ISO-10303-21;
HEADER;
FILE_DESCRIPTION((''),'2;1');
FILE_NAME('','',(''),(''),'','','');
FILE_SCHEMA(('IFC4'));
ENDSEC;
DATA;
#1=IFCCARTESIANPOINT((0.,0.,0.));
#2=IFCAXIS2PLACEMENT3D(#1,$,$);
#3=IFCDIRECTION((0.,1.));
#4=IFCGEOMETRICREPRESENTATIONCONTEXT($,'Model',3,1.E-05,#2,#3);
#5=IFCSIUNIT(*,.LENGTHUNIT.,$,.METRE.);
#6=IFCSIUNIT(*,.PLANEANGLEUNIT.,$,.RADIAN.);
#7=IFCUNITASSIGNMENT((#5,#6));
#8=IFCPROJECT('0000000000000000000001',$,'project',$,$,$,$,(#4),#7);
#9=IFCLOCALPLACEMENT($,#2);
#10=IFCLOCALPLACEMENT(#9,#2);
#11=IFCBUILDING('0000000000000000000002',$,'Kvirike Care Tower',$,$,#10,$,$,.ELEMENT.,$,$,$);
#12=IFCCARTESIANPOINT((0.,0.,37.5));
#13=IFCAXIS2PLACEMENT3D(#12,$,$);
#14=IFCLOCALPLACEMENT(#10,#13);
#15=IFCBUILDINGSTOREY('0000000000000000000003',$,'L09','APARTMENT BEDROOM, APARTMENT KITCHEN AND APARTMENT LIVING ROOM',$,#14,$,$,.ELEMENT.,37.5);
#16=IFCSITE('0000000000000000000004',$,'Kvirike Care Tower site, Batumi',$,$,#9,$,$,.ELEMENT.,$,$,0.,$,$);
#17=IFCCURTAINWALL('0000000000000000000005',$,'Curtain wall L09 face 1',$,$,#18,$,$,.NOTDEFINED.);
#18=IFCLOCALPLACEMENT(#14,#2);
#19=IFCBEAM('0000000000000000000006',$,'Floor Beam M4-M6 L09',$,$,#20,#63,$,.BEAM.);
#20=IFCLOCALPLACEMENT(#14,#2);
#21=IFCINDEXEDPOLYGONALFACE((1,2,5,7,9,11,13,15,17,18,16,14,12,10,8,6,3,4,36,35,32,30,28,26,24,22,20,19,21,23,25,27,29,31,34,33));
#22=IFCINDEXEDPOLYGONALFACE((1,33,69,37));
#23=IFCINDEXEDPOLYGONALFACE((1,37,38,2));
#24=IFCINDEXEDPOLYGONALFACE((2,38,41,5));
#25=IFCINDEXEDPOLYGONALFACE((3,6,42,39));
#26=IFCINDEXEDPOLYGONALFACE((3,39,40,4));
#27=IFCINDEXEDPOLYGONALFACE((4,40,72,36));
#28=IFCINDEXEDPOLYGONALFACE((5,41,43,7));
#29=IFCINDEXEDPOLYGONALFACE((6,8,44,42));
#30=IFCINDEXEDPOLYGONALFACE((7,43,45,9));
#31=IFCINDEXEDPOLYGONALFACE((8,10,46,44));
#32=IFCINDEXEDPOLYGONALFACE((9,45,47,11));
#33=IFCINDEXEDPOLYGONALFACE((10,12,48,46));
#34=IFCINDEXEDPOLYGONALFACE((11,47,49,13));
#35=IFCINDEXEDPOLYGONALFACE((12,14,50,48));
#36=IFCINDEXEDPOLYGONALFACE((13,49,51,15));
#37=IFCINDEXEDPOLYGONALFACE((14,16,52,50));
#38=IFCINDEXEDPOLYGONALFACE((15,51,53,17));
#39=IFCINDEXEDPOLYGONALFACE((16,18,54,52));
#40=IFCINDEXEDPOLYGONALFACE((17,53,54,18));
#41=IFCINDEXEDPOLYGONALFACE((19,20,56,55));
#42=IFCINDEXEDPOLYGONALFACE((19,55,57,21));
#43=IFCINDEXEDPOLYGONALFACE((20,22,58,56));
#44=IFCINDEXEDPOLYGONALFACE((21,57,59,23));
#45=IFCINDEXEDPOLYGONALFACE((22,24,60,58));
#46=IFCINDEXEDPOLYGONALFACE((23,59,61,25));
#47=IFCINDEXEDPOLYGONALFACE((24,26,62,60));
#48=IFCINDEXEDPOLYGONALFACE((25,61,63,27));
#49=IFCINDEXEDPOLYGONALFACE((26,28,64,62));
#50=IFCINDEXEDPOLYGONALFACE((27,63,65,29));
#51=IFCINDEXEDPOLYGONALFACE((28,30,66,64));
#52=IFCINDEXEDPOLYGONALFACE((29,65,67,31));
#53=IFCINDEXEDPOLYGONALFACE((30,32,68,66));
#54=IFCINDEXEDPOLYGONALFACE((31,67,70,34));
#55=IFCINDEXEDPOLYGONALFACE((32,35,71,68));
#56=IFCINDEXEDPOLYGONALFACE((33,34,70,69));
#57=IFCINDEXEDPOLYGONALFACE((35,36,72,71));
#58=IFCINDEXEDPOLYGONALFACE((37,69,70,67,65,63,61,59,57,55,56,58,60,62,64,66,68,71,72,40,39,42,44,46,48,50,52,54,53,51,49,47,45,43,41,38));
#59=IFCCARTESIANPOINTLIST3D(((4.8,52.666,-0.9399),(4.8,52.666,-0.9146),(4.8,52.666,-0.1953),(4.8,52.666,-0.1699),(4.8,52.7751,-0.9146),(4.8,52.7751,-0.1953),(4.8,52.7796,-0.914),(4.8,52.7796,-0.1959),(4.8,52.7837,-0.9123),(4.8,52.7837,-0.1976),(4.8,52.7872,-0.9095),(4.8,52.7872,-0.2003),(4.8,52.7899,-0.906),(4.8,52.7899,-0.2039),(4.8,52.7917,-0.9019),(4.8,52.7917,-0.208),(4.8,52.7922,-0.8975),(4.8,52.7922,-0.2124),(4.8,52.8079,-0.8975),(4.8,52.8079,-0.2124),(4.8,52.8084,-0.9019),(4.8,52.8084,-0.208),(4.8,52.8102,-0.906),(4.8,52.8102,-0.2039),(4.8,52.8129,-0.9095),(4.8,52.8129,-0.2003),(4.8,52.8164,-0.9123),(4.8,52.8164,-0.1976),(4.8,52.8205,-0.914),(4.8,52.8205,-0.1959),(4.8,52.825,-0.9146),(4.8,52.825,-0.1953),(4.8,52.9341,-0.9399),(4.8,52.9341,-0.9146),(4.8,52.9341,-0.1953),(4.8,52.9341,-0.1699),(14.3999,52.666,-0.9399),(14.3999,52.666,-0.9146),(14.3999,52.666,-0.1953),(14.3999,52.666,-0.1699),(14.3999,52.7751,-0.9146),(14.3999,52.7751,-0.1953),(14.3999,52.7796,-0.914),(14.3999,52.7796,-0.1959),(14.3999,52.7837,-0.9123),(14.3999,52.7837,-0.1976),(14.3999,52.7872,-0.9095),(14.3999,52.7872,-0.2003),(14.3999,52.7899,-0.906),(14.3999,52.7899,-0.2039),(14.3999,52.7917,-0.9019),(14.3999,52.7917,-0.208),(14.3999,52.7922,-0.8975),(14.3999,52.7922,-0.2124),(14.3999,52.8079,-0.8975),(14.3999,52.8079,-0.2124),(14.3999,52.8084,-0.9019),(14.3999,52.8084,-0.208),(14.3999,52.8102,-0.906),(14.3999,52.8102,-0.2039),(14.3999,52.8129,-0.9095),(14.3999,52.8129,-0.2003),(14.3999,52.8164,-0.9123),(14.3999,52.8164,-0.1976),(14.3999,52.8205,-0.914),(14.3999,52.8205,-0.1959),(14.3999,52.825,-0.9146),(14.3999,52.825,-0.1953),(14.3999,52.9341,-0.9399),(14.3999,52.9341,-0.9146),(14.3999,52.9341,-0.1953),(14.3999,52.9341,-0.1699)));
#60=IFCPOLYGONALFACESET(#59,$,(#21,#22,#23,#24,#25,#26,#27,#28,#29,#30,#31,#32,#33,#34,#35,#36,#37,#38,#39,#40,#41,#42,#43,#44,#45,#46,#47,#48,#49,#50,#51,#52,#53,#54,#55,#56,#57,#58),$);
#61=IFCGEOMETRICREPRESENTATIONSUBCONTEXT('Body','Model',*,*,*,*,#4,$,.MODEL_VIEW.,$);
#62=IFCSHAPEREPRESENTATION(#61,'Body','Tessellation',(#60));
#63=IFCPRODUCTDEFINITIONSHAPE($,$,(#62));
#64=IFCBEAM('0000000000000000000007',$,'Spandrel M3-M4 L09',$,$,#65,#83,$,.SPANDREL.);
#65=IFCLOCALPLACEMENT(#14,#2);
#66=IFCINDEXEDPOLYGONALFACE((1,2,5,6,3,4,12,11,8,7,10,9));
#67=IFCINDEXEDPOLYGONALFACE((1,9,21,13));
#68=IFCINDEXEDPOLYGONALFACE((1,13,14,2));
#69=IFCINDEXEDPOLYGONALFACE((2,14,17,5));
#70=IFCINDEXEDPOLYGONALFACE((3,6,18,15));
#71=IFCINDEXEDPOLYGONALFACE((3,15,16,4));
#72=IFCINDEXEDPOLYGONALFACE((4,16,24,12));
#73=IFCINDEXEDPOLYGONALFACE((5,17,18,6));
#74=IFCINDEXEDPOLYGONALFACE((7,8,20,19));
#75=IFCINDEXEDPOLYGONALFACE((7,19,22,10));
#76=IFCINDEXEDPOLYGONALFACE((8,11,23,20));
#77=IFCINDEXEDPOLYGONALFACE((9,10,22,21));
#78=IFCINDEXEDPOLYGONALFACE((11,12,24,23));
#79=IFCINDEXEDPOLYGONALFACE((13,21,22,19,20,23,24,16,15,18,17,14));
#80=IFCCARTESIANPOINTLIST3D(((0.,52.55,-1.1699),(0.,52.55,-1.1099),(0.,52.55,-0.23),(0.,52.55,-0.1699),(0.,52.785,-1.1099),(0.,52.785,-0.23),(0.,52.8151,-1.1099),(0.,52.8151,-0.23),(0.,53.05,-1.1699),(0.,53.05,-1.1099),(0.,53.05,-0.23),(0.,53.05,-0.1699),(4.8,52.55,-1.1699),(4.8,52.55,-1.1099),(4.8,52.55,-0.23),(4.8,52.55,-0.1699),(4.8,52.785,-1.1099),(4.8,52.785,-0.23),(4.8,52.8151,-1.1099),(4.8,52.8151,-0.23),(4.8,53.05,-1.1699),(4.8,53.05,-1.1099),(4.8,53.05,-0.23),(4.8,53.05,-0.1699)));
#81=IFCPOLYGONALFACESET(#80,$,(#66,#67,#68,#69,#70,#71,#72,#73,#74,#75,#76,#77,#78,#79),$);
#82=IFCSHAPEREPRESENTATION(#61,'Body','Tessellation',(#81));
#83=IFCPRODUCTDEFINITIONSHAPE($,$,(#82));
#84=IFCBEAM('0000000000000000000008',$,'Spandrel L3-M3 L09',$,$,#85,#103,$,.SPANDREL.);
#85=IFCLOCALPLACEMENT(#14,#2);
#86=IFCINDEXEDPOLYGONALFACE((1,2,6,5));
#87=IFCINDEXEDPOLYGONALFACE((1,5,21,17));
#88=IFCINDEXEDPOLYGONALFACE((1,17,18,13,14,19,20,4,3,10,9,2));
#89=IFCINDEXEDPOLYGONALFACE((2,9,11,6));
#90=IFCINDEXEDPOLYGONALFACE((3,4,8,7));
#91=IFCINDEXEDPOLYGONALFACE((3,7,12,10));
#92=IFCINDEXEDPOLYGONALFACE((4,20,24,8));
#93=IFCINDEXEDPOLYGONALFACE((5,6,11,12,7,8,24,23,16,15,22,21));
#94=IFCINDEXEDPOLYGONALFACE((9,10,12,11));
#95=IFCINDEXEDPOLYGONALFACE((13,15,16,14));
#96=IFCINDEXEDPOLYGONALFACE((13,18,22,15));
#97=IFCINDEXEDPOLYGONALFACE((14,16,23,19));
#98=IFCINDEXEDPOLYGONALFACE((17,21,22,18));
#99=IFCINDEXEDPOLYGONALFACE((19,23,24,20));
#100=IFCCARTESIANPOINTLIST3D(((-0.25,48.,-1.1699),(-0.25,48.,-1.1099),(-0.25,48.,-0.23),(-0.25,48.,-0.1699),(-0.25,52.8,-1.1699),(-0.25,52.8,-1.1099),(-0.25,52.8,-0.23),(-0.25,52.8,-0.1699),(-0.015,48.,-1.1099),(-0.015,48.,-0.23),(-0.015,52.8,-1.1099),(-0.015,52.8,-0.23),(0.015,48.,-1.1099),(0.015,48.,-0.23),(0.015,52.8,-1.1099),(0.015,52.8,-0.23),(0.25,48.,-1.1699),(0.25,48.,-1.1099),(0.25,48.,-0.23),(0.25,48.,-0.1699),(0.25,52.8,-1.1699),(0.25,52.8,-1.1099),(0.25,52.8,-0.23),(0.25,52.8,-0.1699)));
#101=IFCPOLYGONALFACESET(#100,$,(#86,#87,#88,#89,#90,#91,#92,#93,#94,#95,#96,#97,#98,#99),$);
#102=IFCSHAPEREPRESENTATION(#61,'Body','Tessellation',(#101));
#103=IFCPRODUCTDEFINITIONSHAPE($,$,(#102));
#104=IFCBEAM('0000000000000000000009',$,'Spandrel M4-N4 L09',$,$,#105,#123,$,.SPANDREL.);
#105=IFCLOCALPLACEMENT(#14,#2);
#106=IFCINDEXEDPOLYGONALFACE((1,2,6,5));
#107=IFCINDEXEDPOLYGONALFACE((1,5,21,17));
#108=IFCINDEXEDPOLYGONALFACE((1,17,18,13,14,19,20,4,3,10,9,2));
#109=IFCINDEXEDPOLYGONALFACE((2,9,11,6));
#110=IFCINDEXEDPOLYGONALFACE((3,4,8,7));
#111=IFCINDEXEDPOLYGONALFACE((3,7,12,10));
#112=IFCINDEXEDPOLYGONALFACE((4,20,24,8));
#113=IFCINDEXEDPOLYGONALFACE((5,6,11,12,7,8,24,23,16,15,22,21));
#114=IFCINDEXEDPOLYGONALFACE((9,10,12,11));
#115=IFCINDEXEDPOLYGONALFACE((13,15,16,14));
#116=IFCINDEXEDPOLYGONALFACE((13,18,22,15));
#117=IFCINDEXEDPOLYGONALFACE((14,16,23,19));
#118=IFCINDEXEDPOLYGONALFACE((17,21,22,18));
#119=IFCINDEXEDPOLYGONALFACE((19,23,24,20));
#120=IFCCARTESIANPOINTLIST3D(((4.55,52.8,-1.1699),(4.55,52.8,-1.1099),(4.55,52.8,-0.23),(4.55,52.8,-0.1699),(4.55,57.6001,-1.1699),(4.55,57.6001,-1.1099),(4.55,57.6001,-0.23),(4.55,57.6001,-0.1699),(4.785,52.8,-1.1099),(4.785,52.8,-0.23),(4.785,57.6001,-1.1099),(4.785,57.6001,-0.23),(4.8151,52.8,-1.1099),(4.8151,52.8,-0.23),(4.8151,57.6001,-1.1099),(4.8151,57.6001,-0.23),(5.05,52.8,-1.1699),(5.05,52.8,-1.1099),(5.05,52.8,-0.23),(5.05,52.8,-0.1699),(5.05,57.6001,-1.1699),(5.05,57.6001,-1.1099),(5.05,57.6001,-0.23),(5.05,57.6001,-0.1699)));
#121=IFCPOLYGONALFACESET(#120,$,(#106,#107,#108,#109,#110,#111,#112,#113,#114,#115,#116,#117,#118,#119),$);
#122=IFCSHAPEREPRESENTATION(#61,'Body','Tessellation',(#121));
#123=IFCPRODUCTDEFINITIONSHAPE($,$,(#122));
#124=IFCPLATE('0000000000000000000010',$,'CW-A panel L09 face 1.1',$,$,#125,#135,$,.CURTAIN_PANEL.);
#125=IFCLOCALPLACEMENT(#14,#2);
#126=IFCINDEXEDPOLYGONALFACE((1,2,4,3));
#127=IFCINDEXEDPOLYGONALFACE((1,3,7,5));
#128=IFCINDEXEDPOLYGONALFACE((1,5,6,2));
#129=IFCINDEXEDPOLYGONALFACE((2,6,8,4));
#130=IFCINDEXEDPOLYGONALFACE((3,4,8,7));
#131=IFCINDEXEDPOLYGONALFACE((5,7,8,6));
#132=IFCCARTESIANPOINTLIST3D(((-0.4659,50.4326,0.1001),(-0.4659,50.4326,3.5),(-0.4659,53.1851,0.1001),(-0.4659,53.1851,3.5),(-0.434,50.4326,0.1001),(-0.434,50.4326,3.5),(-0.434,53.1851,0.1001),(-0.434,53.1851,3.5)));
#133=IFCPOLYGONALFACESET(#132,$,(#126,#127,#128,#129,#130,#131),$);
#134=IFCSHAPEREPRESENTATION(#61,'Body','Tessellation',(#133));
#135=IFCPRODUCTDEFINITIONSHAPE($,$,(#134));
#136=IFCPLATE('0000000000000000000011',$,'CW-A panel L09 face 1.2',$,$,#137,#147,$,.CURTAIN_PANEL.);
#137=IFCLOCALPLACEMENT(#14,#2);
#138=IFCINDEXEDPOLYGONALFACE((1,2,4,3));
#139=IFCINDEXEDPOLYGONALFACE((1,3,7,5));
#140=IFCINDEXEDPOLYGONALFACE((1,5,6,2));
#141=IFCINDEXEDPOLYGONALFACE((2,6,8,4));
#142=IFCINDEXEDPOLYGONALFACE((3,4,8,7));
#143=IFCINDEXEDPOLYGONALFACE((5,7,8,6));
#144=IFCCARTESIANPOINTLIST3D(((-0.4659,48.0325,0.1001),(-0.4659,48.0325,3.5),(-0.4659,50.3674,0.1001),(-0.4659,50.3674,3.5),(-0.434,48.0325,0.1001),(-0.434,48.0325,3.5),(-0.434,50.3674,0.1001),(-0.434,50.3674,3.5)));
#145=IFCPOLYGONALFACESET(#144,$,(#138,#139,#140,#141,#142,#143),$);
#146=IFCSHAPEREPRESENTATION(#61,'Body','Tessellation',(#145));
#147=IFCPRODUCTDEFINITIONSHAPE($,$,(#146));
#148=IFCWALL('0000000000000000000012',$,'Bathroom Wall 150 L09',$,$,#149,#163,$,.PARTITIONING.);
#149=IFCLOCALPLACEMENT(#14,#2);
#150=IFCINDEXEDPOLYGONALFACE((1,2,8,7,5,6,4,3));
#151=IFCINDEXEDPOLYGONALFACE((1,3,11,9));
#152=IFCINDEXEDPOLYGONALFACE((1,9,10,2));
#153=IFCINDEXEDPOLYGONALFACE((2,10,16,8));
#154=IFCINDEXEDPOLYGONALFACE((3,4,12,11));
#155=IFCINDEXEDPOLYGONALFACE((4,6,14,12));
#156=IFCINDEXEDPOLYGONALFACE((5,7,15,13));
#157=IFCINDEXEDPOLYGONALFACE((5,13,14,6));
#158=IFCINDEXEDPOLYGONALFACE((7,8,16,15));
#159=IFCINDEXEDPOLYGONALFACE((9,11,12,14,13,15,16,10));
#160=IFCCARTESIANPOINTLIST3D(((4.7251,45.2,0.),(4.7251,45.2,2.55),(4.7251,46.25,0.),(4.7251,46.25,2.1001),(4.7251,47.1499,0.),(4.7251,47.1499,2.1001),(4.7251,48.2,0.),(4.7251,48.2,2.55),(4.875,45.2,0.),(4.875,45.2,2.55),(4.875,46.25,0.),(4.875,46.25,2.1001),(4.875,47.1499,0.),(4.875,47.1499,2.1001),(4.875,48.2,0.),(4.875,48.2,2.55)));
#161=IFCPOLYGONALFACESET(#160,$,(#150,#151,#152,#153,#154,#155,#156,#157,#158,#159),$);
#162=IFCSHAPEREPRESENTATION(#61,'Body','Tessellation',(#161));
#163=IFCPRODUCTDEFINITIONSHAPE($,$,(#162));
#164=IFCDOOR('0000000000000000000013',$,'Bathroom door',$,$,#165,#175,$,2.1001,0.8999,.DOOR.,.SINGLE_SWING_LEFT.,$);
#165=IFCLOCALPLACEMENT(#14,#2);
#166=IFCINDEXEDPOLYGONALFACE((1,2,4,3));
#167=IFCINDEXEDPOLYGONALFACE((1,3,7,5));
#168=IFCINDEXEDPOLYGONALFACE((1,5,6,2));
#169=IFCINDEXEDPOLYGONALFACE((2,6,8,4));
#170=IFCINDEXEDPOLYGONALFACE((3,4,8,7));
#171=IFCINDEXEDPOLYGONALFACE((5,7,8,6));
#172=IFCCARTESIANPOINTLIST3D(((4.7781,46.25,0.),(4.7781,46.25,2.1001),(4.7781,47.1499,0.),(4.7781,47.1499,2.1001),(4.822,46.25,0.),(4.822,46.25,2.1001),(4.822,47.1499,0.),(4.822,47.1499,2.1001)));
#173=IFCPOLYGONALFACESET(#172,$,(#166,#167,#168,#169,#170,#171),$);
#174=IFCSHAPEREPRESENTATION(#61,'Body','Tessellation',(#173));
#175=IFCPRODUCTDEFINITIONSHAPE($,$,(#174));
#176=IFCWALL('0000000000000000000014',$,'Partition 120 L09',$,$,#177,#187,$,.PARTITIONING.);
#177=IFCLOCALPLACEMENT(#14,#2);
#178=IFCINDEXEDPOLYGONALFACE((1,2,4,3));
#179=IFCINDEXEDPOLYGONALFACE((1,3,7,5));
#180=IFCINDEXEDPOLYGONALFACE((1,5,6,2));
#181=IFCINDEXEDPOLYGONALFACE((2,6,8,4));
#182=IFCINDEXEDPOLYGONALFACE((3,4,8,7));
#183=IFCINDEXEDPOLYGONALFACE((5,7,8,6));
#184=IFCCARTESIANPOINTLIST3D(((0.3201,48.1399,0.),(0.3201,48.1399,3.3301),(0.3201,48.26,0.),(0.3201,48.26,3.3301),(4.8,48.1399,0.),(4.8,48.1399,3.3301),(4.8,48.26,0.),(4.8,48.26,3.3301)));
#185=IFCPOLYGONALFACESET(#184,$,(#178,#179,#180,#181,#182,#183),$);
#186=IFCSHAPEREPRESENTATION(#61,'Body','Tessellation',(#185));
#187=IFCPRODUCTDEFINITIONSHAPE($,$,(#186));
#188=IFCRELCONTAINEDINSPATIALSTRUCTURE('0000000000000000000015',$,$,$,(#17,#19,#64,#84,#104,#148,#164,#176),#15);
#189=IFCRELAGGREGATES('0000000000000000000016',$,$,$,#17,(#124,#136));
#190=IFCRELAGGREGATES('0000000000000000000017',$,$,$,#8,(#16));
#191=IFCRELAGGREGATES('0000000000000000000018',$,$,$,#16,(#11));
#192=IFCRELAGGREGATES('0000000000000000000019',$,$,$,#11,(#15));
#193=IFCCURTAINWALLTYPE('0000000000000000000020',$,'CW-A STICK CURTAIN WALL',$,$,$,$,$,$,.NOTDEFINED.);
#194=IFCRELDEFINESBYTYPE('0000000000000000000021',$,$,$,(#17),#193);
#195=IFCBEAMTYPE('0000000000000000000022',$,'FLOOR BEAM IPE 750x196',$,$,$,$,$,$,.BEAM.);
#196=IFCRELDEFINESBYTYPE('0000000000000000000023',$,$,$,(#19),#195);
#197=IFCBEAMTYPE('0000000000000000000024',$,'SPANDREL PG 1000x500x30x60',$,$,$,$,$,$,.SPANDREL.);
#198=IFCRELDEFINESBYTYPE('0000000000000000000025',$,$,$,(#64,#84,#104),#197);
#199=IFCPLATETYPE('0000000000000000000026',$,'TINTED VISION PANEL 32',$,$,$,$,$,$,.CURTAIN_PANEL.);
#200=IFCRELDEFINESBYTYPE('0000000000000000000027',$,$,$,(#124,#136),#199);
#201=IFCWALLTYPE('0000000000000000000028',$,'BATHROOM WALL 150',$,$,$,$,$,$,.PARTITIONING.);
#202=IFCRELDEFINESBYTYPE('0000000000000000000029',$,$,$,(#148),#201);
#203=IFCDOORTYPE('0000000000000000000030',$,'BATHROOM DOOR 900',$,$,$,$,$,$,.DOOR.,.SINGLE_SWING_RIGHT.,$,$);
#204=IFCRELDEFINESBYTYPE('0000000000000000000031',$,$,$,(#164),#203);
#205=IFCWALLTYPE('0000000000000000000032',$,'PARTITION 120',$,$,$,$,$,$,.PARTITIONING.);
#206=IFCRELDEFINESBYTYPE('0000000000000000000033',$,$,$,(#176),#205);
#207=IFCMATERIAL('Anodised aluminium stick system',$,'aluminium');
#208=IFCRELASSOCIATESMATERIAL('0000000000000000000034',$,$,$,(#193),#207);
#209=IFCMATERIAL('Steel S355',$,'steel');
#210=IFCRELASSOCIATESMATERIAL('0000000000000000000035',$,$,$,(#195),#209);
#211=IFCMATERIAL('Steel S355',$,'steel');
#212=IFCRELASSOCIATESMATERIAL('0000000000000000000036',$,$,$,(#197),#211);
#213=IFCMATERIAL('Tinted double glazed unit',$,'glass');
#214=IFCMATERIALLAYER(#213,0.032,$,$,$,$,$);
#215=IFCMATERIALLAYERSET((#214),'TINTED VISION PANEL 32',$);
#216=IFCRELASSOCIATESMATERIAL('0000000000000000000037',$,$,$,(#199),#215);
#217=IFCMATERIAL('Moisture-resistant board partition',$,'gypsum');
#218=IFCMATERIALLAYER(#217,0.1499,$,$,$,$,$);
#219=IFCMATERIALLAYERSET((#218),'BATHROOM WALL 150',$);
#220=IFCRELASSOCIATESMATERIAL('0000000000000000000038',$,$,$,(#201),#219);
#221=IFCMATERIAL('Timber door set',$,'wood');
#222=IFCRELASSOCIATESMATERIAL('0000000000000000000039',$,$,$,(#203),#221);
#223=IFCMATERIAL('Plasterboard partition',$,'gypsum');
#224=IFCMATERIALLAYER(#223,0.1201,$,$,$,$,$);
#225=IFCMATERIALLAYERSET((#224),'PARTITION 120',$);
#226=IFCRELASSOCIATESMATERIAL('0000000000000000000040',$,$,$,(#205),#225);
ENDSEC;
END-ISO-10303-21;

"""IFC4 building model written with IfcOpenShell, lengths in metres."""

from ifc_helpers import new_model, si_unit, direction, frame, frame_2d, origin, origin_2d, place, context, subcontext, project, spatial, rectangle, i_section, extrude, material, layer, layer_set, material_profile, profile_set, type_object, element, fill, aggregate, save


model = new_model("IFC4")

# Units and contexts
model_context = context("Model", 3, precision=1e-05, world=origin(), true_north=direction((0.0, 1.0)))
body_context = subcontext(model_context, "Body", "Model", "MODEL_VIEW")
ifc_project = project(units=[si_unit("LENGTHUNIT", "METRE"), si_unit("PLANEANGLEUNIT", "RADIAN")], contexts=[model_context])

# Site, building, storey
site_placement = place(None, origin())
site = spatial("IfcSite", under=ifc_project, at=site_placement, Name="Kvirike Care Tower site, Batumi", CompositionType="ELEMENT", RefElevation=0.0)
building_placement = place(site_placement, origin())
building = spatial("IfcBuilding", under=site, at=building_placement, Name="Kvirike Care Tower", CompositionType="ELEMENT")
storey_placement = place(building_placement, frame((0.0, 0.0, 37.5)))
storey = spatial("IfcBuildingStorey", under=building, at=storey_placement, Name="L09", Description="APARTMENT BEDROOM, APARTMENT KITCHEN AND APARTMENT LIVING ROOM", CompositionType="ELEMENT", Elevation=37.5)

# Curtain wall
ifc_material_1 = material(Name="Anodised aluminium stick system", Category="aluminium")
curtain_wall_type = type_object("IfcCurtainWallType", Name="CW-A STICK CURTAIN WALL", PredefinedType="NOTDEFINED", material=ifc_material_1)
curtain_wall_1_placement = place(storey_placement, origin())
curtain_wall_1 = element("IfcCurtainWall", 1, at=curtain_wall_1_placement, inside=storey, type_object=curtain_wall_type, Name="Curtain wall L09 face 1", PredefinedType="NOTDEFINED")

# Beams
ifc_material_2 = material(Name="Steel S355", Category="steel")
ifc_material_profile_1 = material_profile(ifc_material_2, i_section(OverallWidth=0.2681, OverallDepth=0.77, WebThickness=0.0156, FlangeThickness=0.0254, FilletRadius=0.0171, at=origin_2d()), Name="IPE 750x196")
ifc_profile_set_1 = profile_set([ifc_material_profile_1], Name="Steel S355")
beam_type_1 = type_object("IfcBeamType", Name="FLOOR BEAM IPE 750x196", PredefinedType="BEAM", material=ifc_profile_set_1)
beam_1_placement = place(storey_placement, frame((4.8, 52.8, -0.5549), z_axis=(1.0, 0.0, 0.0), x_axis=(0.0, 1.0, 0.0)))
element("IfcBeam", 2, at=beam_1_placement, inside=storey, type_object=beam_type_1, Name="Floor Beam M4-M6 L09", PredefinedType="BEAM", context=body_context, shape_type="SweptSolid", body=[
    extrude(i_section(OverallWidth=0.2681, OverallDepth=0.77, WebThickness=0.0156, FlangeThickness=0.0254, FilletRadius=0.0171, at=origin_2d()), origin(), (0.0, 0.0, 1.0), 9.5999),
])
ifc_material_3 = material(Name="Steel S355", Category="steel")
ifc_material_profile_2 = material_profile(ifc_material_3, i_section(OverallWidth=0.5, OverallDepth=1.0, WebThickness=0.03, FlangeThickness=0.0601, at=origin_2d()), Name="PG 1000x500x30x60")
ifc_profile_set_2 = profile_set([ifc_material_profile_2], Name="Steel S355")
beam_type_2 = type_object("IfcBeamType", Name="SPANDREL PG 1000x500x30x60", PredefinedType="SPANDREL", material=ifc_profile_set_2)
for number, where, z_axis, x_axis, name in (
    (3, (0.0, 52.8, -0.6699), (1.0, 0.0, 0.0), (0.0, 1.0, 0.0), "Spandrel M3-M4 L09"),
    (4, (0.0, 48.0, -0.6699), (0.0, 1.0, 0.0), (-1.0, 0.0, 0.0), "Spandrel L3-M3 L09"),
    (5, (4.8, 52.8, -0.6699), (0.0, 1.0, 0.0), (-1.0, 0.0, 0.0), "Spandrel M4-N4 L09"),
):
    element("IfcBeam", number, at=place(storey_placement, frame(where, z_axis=z_axis, x_axis=x_axis)), inside=storey, type_object=beam_type_2, Name=name, PredefinedType="SPANDREL", context=body_context, shape_type="SweptSolid", body=[
        extrude(i_section(OverallWidth=0.5, OverallDepth=1.0, WebThickness=0.03, FlangeThickness=0.0601, at=origin_2d()), origin(), (0.0, 0.0, 1.0), 4.8),
    ])

# Plates
ifc_material_4 = material(Name="Tinted double glazed unit", Category="glass")
ifc_layer_1 = layer(ifc_material_4, 0.032)
ifc_layer_set_1 = layer_set([ifc_layer_1], Name="TINTED VISION PANEL 32")
plate_type = type_object("IfcPlateType", Name="TINTED VISION PANEL 32", PredefinedType="CURTAIN_PANEL", material=ifc_layer_set_1)
plate_1_placement = place(storey_placement, frame((-0.45, 51.8088, 0.1001), z_axis=(0.0, 0.0, 1.0), x_axis=(0.0, -1.0, 0.0)))
plate_1 = element("IfcPlate", 6, at=plate_1_placement, type_object=plate_type, Name="CW-A panel L09 face 1.1", PredefinedType="CURTAIN_PANEL", context=body_context, shape_type="SweptSolid", body=[
    extrude(rectangle(XDim=2.7524, YDim=0.032, at=origin_2d()), origin(), (0.0, 0.0, 1.0), 3.3999),
])
plate_2_placement = place(storey_placement, frame((-0.45, 49.2, 0.1001), z_axis=(0.0, 0.0, 1.0), x_axis=(0.0, -1.0, 0.0)))
plate_2 = element("IfcPlate", 7, at=plate_2_placement, type_object=plate_type, Name="CW-A panel L09 face 1.2", PredefinedType="CURTAIN_PANEL", context=body_context, shape_type="SweptSolid", body=[
    extrude(rectangle(XDim=2.335, YDim=0.032, at=origin_2d()), origin(), (0.0, 0.0, 1.0), 3.3999),
])
aggregate(curtain_wall_1, [plate_1, plate_2])

# Wall, opening, door
ifc_material_5 = material(Name="Moisture-resistant board partition", Category="gypsum")
ifc_layer_2 = layer(ifc_material_5, 0.1499)
ifc_layer_set_2 = layer_set([ifc_layer_2], Name="BATHROOM WALL 150")
wall_type_1 = type_object("IfcWallType", Name="BATHROOM WALL 150", PredefinedType="PARTITIONING", material=ifc_layer_set_2)
wall_1_placement = place(storey_placement, frame((4.8, 48.2, 0.0), z_axis=(0.0, 0.0, 1.0), x_axis=(0.0, -1.0, 0.0)))
wall_1 = element("IfcWall", 8, at=wall_1_placement, inside=storey, type_object=wall_type_1, Name="Bathroom Wall 150 L09", PredefinedType="PARTITIONING", context=body_context, shape_type="SweptSolid", body=[
    extrude(rectangle(XDim=3.0, YDim=0.1499, at=frame_2d((1.5, 0.0))), origin(), (0.0, 0.0, 1.0), 2.55),
])
opening_1_placement = place(wall_1_placement, frame((1.05, 0.0, 0.0)))
opening_1 = element("IfcOpeningElement", 9, at=opening_1_placement, cuts=wall_1, PredefinedType="OPENING", context=body_context, shape_type="SweptSolid", body=[
    extrude(rectangle(XDim=0.8999, YDim=2.1001, at=frame_2d((0.45, 1.05))), frame((0.0, 0.0854, 0.0), z_axis=(0.0, -1.0, 0.0), x_axis=(1.0, 0.0, 0.0)), (0.0, 0.0, 1.0), 0.1709),
])
ifc_material_6 = material(Name="Timber door set", Category="wood")
door_type_1 = type_object("IfcDoorType", Name="BATHROOM DOOR 900", OperationType="SINGLE_SWING_RIGHT", PredefinedType="DOOR", material=ifc_material_6)
door_1_placement = place(opening_1_placement, frame((0.8999, 0.0, 0.0), z_axis=(0.0, 0.0, 1.0), x_axis=(-1.0, 0.0, 0.0)))
door_1 = element("IfcDoor", 10, at=door_1_placement, inside=storey, type_object=door_type_1, Name="Bathroom door", OperationType="SINGLE_SWING_LEFT", OverallHeight=2.1001, OverallWidth=0.8999, PredefinedType="DOOR", context=body_context, shape_type="SweptSolid", body=[
    extrude(rectangle(XDim=0.8999, YDim=2.1001, at=frame_2d((0.45, 1.05))), frame((0.0, 0.022, 0.0), z_axis=(0.0, -1.0, 0.0), x_axis=(1.0, 0.0, 0.0)), (0.0, 0.0, 1.0), 0.0439),
])
fill(opening_1, door_1)

# Wall
ifc_material_7 = material(Name="Plasterboard partition", Category="gypsum")
ifc_layer_3 = layer(ifc_material_7, 0.1201)
ifc_layer_set_3 = layer_set([ifc_layer_3], Name="PARTITION 120")
wall_type_2 = type_object("IfcWallType", Name="PARTITION 120", PredefinedType="PARTITIONING", material=ifc_layer_set_3)
wall_2_placement = place(storey_placement, frame((4.8, 48.2, 0.0), z_axis=(0.0, 0.0, 1.0), x_axis=(-1.0, 0.0, 0.0)))
element("IfcWall", 11, at=wall_2_placement, inside=storey, type_object=wall_type_2, Name="Partition 120 L09", PredefinedType="PARTITIONING", context=body_context, shape_type="SweptSolid", body=[
    extrude(rectangle(XDim=4.48, YDim=0.1201, at=frame_2d((2.24, 0.0))), origin(), (0.0, 0.0, 1.0), 3.3301),
])

save(model, "model.ifc")
